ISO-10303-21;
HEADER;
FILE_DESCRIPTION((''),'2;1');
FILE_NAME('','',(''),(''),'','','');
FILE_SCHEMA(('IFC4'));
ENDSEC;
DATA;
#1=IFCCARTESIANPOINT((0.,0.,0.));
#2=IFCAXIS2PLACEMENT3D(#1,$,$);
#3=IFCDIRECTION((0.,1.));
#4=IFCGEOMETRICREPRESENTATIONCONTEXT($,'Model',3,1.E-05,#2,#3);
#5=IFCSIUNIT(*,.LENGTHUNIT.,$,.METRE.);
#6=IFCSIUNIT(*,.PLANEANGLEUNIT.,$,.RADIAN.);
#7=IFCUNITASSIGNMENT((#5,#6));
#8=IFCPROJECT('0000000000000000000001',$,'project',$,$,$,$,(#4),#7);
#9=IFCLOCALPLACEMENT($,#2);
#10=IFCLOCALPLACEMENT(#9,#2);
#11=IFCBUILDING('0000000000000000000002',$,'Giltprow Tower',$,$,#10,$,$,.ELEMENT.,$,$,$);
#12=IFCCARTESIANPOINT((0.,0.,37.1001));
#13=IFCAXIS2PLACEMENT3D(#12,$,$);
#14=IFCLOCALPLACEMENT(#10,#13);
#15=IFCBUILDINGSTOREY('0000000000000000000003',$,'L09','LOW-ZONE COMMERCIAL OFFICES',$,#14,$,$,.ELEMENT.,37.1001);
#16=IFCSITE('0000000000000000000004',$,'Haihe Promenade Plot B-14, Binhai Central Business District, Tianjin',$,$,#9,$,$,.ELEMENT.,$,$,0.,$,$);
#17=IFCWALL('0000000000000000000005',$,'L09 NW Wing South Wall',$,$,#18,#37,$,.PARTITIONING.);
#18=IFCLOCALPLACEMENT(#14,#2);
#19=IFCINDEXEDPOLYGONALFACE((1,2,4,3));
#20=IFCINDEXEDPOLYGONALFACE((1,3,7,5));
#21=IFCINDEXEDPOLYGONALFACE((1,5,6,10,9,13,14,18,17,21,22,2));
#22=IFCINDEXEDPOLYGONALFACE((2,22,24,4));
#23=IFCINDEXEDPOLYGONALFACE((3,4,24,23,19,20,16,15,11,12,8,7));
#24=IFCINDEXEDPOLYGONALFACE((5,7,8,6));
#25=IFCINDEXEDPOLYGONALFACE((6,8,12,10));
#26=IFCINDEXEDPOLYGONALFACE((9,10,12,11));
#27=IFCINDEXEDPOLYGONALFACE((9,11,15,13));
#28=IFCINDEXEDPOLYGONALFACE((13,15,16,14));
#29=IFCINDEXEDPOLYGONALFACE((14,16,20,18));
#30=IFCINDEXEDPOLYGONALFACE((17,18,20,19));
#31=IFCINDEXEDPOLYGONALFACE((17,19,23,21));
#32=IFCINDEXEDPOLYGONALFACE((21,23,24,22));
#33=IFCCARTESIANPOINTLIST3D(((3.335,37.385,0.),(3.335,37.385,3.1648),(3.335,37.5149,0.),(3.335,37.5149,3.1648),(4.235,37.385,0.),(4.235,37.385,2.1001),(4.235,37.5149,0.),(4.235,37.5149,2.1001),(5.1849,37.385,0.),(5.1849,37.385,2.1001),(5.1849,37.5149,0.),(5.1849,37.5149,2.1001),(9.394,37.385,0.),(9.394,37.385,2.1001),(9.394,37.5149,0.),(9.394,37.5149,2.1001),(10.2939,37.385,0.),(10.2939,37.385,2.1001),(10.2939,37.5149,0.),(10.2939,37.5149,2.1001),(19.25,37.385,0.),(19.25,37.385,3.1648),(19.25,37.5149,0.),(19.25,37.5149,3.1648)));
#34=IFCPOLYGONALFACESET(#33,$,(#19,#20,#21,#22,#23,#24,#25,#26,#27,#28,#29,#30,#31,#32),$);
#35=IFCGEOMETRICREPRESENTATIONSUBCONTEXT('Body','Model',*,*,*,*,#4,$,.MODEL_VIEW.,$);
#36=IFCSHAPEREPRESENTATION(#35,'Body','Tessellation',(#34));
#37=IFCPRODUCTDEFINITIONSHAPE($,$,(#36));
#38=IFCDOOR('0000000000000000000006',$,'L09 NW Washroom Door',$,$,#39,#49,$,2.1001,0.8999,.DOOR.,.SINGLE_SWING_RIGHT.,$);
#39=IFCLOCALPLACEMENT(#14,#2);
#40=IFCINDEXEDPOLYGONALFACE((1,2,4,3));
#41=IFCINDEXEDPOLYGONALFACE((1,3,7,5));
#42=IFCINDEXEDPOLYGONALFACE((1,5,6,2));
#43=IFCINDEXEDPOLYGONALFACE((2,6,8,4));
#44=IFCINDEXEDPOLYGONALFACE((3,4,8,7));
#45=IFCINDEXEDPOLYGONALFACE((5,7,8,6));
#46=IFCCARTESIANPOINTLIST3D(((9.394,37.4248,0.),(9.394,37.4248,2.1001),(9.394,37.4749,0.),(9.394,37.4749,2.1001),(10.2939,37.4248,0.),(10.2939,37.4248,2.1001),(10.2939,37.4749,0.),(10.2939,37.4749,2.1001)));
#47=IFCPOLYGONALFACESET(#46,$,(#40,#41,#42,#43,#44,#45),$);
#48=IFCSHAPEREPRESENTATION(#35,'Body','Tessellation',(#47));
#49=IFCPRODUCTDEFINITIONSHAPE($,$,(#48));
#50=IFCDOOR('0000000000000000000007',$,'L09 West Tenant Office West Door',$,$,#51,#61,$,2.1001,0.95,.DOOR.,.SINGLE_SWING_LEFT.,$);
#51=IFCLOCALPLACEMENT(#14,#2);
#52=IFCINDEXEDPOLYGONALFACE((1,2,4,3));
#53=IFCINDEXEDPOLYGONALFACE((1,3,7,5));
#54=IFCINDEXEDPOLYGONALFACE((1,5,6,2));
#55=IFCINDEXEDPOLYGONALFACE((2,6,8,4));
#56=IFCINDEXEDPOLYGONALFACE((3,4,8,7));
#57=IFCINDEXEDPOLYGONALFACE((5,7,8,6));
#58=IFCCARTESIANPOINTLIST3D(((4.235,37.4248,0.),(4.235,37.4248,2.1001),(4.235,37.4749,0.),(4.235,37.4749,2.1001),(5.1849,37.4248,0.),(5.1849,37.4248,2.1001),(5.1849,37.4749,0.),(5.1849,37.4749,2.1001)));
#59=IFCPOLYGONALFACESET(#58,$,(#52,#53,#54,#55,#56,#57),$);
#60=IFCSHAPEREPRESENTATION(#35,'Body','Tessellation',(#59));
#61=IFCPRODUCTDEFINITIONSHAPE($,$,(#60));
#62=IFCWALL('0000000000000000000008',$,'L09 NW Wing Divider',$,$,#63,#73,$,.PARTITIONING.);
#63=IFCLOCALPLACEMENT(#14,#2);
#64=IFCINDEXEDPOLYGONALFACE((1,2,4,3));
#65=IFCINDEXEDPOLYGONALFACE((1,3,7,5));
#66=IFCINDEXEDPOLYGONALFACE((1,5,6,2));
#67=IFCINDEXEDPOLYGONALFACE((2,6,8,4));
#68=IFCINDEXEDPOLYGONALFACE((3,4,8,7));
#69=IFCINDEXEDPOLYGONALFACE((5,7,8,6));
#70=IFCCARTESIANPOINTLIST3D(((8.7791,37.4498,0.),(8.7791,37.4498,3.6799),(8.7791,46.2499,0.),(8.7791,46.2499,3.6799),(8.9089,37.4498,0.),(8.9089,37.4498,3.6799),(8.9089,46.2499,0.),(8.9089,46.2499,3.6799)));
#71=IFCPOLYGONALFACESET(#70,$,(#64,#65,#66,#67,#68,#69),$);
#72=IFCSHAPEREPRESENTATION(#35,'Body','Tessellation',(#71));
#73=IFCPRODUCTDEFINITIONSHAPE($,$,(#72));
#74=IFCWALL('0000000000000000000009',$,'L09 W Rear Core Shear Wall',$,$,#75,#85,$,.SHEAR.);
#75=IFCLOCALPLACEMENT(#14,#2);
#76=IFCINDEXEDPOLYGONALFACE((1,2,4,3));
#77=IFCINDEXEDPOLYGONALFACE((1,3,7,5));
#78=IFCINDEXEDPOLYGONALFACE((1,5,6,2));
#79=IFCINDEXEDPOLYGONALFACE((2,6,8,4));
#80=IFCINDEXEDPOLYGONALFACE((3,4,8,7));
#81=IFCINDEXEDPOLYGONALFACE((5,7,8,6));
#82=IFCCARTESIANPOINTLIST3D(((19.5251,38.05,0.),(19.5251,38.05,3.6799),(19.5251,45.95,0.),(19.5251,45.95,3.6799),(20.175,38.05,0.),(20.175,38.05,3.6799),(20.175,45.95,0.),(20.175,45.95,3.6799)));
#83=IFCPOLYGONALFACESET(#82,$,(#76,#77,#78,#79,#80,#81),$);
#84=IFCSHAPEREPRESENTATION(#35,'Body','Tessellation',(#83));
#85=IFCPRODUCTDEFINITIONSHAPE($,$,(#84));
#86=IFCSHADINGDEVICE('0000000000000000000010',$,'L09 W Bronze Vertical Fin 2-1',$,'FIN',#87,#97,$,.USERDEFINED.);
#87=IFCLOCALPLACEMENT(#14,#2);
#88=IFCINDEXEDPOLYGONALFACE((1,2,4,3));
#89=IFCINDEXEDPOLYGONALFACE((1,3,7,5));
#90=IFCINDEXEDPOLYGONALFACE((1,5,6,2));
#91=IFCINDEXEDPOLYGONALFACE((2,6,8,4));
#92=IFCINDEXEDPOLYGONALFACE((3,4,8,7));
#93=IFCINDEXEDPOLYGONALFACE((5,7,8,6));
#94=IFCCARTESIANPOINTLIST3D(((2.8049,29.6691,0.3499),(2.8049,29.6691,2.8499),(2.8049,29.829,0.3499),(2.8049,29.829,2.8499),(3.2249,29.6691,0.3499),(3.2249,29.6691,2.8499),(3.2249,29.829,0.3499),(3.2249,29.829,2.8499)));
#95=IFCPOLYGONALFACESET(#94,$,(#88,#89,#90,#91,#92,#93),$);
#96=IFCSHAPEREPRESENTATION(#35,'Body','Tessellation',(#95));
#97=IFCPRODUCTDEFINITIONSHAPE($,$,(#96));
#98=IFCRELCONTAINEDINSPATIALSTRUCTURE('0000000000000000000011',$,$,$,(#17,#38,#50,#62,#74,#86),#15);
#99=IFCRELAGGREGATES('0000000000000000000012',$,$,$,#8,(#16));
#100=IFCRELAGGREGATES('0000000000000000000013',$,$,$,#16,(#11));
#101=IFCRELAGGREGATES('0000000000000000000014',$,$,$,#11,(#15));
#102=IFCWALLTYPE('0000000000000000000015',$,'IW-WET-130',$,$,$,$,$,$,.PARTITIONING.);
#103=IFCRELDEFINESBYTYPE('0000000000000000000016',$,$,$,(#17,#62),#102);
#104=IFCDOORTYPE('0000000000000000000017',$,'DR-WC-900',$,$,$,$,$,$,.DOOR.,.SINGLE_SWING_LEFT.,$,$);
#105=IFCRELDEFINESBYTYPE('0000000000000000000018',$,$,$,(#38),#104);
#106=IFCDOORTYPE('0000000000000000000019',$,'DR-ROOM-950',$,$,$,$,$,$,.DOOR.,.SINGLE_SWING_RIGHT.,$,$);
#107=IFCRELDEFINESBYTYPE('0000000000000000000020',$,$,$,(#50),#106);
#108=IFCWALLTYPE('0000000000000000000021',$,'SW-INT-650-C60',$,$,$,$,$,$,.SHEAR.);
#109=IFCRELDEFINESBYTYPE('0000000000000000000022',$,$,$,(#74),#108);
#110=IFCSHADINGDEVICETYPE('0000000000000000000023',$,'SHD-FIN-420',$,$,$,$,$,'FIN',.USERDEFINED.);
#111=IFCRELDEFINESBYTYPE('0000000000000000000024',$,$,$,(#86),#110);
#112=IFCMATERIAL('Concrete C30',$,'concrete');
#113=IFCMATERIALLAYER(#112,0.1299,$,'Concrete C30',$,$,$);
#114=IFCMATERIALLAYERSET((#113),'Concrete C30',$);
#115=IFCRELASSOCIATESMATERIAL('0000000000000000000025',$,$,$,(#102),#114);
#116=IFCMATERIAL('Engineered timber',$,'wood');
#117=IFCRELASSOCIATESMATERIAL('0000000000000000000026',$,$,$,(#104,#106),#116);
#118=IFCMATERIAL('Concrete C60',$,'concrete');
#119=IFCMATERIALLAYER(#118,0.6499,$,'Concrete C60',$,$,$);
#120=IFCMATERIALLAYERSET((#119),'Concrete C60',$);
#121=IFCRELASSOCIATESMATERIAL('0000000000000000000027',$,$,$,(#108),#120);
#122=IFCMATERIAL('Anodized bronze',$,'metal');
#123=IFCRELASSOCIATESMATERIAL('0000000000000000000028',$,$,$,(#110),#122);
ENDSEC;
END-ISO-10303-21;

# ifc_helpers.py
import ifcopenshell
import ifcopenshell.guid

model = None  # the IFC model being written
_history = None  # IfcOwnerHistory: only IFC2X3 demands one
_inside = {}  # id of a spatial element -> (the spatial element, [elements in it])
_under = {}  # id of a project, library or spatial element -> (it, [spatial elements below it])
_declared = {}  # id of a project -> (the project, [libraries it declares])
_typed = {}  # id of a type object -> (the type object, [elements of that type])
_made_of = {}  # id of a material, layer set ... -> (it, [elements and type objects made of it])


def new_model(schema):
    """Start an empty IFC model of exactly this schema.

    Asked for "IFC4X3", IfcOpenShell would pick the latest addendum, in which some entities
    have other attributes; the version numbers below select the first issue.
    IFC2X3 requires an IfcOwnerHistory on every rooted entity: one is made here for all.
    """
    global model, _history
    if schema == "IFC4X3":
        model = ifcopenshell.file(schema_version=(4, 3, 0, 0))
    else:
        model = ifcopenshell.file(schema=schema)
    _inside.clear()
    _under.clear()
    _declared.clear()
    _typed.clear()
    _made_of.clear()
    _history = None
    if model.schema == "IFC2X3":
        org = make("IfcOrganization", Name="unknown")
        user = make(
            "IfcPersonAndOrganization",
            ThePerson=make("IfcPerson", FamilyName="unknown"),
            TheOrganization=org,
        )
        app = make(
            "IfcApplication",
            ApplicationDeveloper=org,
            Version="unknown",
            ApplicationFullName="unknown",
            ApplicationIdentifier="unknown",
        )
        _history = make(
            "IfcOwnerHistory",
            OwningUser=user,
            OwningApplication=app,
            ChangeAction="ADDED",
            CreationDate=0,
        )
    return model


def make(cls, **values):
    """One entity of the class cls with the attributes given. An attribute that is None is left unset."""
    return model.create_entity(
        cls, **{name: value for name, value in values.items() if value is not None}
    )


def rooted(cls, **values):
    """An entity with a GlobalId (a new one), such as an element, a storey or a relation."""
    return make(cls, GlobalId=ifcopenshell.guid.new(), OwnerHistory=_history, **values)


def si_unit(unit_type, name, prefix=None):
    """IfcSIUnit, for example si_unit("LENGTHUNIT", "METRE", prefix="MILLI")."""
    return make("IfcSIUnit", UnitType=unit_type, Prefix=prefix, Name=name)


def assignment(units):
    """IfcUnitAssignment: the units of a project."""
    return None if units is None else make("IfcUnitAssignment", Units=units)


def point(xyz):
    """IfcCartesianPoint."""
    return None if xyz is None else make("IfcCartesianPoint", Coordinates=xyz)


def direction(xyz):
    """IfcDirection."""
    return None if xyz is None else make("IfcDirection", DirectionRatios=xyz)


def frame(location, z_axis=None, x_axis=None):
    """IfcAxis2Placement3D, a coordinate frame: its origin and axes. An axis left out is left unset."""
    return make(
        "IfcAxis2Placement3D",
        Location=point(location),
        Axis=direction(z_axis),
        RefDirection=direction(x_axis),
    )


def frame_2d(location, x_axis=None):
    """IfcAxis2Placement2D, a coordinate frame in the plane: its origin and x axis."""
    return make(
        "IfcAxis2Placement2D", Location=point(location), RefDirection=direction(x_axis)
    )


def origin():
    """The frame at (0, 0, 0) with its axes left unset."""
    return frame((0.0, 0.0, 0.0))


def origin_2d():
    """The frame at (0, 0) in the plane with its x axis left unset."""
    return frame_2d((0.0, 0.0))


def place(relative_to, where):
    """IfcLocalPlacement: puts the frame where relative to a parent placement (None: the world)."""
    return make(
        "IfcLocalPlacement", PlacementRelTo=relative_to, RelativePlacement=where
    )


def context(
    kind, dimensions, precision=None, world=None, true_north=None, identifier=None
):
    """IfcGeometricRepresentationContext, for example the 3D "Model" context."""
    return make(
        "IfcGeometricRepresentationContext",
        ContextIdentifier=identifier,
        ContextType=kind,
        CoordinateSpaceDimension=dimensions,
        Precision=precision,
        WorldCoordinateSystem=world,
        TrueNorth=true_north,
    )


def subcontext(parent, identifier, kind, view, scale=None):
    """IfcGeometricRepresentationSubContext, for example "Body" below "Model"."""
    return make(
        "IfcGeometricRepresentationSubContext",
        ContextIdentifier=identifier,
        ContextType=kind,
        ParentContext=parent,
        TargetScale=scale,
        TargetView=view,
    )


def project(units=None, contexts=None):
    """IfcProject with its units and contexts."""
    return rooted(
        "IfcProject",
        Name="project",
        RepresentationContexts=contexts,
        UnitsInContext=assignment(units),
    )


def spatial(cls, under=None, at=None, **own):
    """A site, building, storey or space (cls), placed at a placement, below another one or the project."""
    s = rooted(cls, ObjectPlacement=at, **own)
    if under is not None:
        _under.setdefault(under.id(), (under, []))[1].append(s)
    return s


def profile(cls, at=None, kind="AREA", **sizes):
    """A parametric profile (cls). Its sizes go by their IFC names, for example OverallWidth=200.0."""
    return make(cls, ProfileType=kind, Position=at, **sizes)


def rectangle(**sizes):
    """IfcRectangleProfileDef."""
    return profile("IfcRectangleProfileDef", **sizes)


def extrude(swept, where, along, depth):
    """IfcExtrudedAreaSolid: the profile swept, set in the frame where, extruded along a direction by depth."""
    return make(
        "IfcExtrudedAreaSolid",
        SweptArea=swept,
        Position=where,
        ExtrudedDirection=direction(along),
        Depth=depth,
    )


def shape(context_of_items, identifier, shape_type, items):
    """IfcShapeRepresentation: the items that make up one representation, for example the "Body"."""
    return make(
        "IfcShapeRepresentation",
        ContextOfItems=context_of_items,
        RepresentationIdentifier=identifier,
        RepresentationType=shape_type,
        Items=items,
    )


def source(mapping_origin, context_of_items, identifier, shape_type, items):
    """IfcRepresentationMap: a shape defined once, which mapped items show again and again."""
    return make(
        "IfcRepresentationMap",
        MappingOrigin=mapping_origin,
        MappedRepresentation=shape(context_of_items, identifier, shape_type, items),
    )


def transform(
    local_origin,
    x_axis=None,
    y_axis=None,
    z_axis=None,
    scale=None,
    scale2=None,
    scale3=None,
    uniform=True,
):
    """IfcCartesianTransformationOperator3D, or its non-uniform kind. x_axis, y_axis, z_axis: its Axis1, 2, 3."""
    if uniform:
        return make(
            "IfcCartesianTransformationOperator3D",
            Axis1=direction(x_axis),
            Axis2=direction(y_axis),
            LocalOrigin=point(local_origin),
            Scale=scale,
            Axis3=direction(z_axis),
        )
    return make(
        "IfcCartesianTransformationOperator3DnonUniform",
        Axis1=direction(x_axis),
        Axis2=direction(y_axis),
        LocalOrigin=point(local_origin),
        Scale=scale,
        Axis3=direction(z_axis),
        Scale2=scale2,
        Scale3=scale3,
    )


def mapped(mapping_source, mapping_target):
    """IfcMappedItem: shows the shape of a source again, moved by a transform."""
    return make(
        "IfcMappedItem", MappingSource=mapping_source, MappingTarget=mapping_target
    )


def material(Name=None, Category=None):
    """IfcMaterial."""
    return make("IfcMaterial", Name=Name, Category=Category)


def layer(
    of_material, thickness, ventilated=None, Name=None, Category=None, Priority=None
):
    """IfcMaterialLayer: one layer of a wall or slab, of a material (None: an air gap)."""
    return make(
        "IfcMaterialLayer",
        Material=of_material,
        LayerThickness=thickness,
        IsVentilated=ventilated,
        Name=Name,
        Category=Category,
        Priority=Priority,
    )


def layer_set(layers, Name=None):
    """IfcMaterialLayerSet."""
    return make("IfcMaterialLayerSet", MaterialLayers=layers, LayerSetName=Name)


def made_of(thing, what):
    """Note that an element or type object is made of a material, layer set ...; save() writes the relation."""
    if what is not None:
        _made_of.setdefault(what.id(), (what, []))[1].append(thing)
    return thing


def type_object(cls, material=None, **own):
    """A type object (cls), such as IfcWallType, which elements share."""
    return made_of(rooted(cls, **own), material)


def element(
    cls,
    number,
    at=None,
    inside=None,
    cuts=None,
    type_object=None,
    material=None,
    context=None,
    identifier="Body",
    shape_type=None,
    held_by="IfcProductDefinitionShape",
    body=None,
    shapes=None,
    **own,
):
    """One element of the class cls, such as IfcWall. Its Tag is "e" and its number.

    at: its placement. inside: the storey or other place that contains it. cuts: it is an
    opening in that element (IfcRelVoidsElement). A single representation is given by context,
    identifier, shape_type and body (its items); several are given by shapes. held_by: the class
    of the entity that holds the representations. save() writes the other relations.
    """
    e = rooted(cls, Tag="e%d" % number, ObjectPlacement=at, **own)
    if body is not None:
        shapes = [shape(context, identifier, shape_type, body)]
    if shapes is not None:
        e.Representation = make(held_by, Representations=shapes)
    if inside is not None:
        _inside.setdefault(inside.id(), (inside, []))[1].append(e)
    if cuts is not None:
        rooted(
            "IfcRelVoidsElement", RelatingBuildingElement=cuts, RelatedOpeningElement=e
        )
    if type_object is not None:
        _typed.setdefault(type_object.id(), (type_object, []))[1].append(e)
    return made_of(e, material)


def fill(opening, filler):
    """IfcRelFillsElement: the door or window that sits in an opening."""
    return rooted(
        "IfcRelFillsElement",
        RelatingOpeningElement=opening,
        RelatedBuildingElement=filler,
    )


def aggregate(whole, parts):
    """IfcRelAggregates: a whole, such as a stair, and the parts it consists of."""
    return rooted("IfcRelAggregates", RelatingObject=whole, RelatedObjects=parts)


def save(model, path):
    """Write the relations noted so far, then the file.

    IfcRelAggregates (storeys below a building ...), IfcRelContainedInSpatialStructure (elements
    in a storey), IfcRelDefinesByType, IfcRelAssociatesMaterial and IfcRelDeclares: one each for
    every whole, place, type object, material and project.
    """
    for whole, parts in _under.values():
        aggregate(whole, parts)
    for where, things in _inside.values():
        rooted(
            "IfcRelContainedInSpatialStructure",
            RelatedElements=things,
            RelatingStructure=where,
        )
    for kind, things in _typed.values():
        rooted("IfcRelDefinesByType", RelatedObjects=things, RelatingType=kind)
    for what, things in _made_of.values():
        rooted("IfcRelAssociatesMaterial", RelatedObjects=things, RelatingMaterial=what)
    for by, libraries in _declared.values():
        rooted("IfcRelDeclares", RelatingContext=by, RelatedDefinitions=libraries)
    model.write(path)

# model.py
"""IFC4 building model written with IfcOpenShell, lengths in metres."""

from ifc_helpers import new_model, si_unit, direction, frame, frame_2d, origin, origin_2d, place, context, subcontext, project, spatial, rectangle, extrude, source, transform, mapped, material, layer, layer_set, type_object, element, fill, save


model = new_model("IFC4")

# Units and contexts
model_context = context("Model", 3, precision=1e-05, world=origin(), true_north=direction((0.0, 1.0)))
body_context = subcontext(model_context, "Body", "Model", "MODEL_VIEW")
ifc_project = project(units=[si_unit("LENGTHUNIT", "METRE"), si_unit("PLANEANGLEUNIT", "RADIAN")], contexts=[model_context])

# Site, building, storey
site_placement = place(None, origin())
site = spatial("IfcSite", under=ifc_project, at=site_placement, Name="Haihe Promenade Plot B-14, Binhai Central Business District, Tianjin", CompositionType="ELEMENT", RefElevation=0.0)
building_placement = place(site_placement, origin())
building = spatial("IfcBuilding", under=site, at=building_placement, Name="Giltprow Tower", CompositionType="ELEMENT")
storey_placement = place(building_placement, frame((0.0, 0.0, 37.1001)))
storey = spatial("IfcBuildingStorey", under=building, at=storey_placement, Name="L09", Description="LOW-ZONE COMMERCIAL OFFICES", CompositionType="ELEMENT", Elevation=37.1001)

# Shared definitions
ifc_material_1 = material(Name="Concrete C60", Category="concrete")

# Shared definitions
ifc_material_2 = material(Name="Engineered timber", Category="wood")

# Wall, openings, doors
ifc_material_3 = material(Name="Concrete C30", Category="concrete")
ifc_layer_1 = layer(ifc_material_3, 0.1299, Name="Concrete C30")
ifc_layer_set_1 = layer_set([ifc_layer_1], Name="Concrete C30")
wall_type_1 = type_object("IfcWallType", Name="IW-WET-130", PredefinedType="PARTITIONING", material=ifc_layer_set_1)
wall_1_placement = place(storey_placement, frame((3.335, 37.45, 0.0), z_axis=(0.0, 0.0, 1.0), x_axis=(1.0, 0.0, 0.0)))
wall_1 = element("IfcWall", 1, at=wall_1_placement, inside=storey, type_object=wall_type_1, Name="L09 NW Wing South Wall", PredefinedType="PARTITIONING", context=body_context, shape_type="SweptSolid", body=[
    extrude(rectangle(XDim=15.915, YDim=0.1299, at=frame_2d((7.9575, 0.0))), origin(), (0.0, 0.0, 1.0), 3.1648),
])
opening_1_placement = place(wall_1_placement, frame((0.8999, 0.0, 0.0)))
opening_1 = element("IfcOpeningElement", 2, at=opening_1_placement, cuts=wall_1, PredefinedType="OPENING", context=body_context, shape_type="SweptSolid", body=[
    extrude(rectangle(XDim=0.95, YDim=2.1001, at=frame_2d((0.4751, 1.05))), frame((0.0, 0.075, 0.0), z_axis=(0.0, -1.0, 0.0), x_axis=(1.0, 0.0, 0.0)), (0.0, 0.0, 1.0), 0.1499),
])
opening_2_placement = place(wall_1_placement, frame((6.0591, 0.0, 0.0)))
opening_2 = element("IfcOpeningElement", 3, at=opening_2_placement, cuts=wall_1, PredefinedType="OPENING", context=body_context, shape_type="SweptSolid", body=[
    extrude(rectangle(XDim=0.8999, YDim=2.1001, at=frame_2d((0.45, 1.05))), frame((0.0, 0.075, 0.0), z_axis=(0.0, -1.0, 0.0), x_axis=(1.0, 0.0, 0.0)), (0.0, 0.0, 1.0), 0.1499),
])
door_type_1 = type_object("IfcDoorType", Name="DR-WC-900", OperationType="SINGLE_SWING_LEFT", PredefinedType="DOOR", material=ifc_material_2)
shared_shape_1 = source(origin(), body_context, "Body", "SweptSolid", [
    extrude(rectangle(XDim=0.8999, YDim=2.1001, at=frame_2d((0.45, 1.05))), frame((0.0, 0.0249, 0.0), z_axis=(0.0, -1.0, 0.0), x_axis=(1.0, 0.0, 0.0)), (0.0, 0.0, 1.0), 0.05),
])
door_1_placement = place(opening_2_placement, origin())
door_1 = element("IfcDoor", 4, at=door_1_placement, inside=storey, type_object=door_type_1, Name="L09 NW Washroom Door", OperationType="SINGLE_SWING_RIGHT", OverallHeight=2.1001, OverallWidth=0.8999, PredefinedType="DOOR", context=body_context, shape_type="MappedRepresentation", body=[
    mapped(shared_shape_1, transform((0.0, 0.0, 0.0), x_axis=(1.0, 0.0, 0.0), y_axis=(0.0, 1.0, 0.0), z_axis=(0.0, 0.0, 1.0), scale=1.0)),
])
fill(opening_2, door_1)
door_type_2 = type_object("IfcDoorType", Name="DR-ROOM-950", OperationType="SINGLE_SWING_RIGHT", PredefinedType="DOOR", material=ifc_material_2)
shared_shape_2 = source(origin(), body_context, "Body", "SweptSolid", [
    extrude(rectangle(XDim=0.95, YDim=2.1001, at=frame_2d((0.4751, 1.05))), frame((0.0, 0.0249, 0.0), z_axis=(0.0, -1.0, 0.0), x_axis=(1.0, 0.0, 0.0)), (0.0, 0.0, 1.0), 0.05),
])
door_2_placement = place(opening_1_placement, origin())
door_2 = element("IfcDoor", 5, at=door_2_placement, inside=storey, type_object=door_type_2, Name="L09 West Tenant Office West Door", OperationType="SINGLE_SWING_LEFT", OverallHeight=2.1001, OverallWidth=0.95, PredefinedType="DOOR", context=body_context, shape_type="MappedRepresentation", body=[
    mapped(shared_shape_2, transform((0.0, 0.0, 0.0), x_axis=(1.0, 0.0, 0.0), y_axis=(0.0, 1.0, 0.0), z_axis=(0.0, 0.0, 1.0), scale=1.0)),
])
fill(opening_1, door_2)

# Walls
wall_2_placement = place(storey_placement, frame((8.844, 37.45, 0.0), z_axis=(0.0, 0.0, 1.0), x_axis=(0.0, 1.0, 0.0)))
element("IfcWall", 6, at=wall_2_placement, inside=storey, type_object=wall_type_1, Name="L09 NW Wing Divider", PredefinedType="PARTITIONING", context=body_context, shape_type="SweptSolid", body=[
    extrude(rectangle(XDim=8.8, YDim=0.1299, at=frame_2d((4.3999, 0.0))), origin(), (0.0, 0.0, 1.0), 3.6799),
])
ifc_layer_2 = layer(ifc_material_1, 0.6499, Name="Concrete C60")
ifc_layer_set_2 = layer_set([ifc_layer_2], Name="Concrete C60")
wall_type_2 = type_object("IfcWallType", Name="SW-INT-650-C60", PredefinedType="SHEAR", material=ifc_layer_set_2)
wall_3_placement = place(storey_placement, frame((19.8501, 38.05, 0.0), z_axis=(0.0, 0.0, 1.0), x_axis=(0.0, 1.0, 0.0)))
element("IfcWall", 7, at=wall_3_placement, inside=storey, type_object=wall_type_2, Name="L09 W Rear Core Shear Wall", PredefinedType="SHEAR", context=body_context, shape_type="SweptSolid", body=[
    extrude(rectangle(XDim=7.8999, YDim=0.6499, at=frame_2d((3.95, 0.0))), origin(), (0.0, 0.0, 1.0), 3.6799),
])

# Shading device
ifc_material_4 = material(Name="Anodized bronze", Category="metal")
shading_device_type = type_object("IfcShadingDeviceType", Name="SHD-FIN-420", ElementType="FIN", PredefinedType="USERDEFINED", material=ifc_material_4)
shared_shape_3 = source(origin(), body_context, "Body", "SweptSolid", [
    extrude(rectangle(XDim=0.4199, YDim=0.1599, at=origin_2d()), origin(), (0.0, 0.0, 1.0), 2.5),
])
shading_device_placement = place(storey_placement, frame((3.0149, 29.749, 0.3499), z_axis=(0.0, 0.0, 1.0), x_axis=(1.0, 0.0, 0.0)))
element("IfcShadingDevice", 8, at=shading_device_placement, inside=storey, type_object=shading_device_type, Name="L09 W Bronze Vertical Fin 2-1", ObjectType="FIN", PredefinedType="USERDEFINED", context=body_context, shape_type="MappedRepresentation", body=[
    mapped(shared_shape_3, transform((0.0, 0.0, 0.0), x_axis=(1.0, 0.0, 0.0), y_axis=(0.0, 1.0, 0.0), z_axis=(0.0, 0.0, 1.0), scale=1.0)),
])

save(model, "model.ifc")
